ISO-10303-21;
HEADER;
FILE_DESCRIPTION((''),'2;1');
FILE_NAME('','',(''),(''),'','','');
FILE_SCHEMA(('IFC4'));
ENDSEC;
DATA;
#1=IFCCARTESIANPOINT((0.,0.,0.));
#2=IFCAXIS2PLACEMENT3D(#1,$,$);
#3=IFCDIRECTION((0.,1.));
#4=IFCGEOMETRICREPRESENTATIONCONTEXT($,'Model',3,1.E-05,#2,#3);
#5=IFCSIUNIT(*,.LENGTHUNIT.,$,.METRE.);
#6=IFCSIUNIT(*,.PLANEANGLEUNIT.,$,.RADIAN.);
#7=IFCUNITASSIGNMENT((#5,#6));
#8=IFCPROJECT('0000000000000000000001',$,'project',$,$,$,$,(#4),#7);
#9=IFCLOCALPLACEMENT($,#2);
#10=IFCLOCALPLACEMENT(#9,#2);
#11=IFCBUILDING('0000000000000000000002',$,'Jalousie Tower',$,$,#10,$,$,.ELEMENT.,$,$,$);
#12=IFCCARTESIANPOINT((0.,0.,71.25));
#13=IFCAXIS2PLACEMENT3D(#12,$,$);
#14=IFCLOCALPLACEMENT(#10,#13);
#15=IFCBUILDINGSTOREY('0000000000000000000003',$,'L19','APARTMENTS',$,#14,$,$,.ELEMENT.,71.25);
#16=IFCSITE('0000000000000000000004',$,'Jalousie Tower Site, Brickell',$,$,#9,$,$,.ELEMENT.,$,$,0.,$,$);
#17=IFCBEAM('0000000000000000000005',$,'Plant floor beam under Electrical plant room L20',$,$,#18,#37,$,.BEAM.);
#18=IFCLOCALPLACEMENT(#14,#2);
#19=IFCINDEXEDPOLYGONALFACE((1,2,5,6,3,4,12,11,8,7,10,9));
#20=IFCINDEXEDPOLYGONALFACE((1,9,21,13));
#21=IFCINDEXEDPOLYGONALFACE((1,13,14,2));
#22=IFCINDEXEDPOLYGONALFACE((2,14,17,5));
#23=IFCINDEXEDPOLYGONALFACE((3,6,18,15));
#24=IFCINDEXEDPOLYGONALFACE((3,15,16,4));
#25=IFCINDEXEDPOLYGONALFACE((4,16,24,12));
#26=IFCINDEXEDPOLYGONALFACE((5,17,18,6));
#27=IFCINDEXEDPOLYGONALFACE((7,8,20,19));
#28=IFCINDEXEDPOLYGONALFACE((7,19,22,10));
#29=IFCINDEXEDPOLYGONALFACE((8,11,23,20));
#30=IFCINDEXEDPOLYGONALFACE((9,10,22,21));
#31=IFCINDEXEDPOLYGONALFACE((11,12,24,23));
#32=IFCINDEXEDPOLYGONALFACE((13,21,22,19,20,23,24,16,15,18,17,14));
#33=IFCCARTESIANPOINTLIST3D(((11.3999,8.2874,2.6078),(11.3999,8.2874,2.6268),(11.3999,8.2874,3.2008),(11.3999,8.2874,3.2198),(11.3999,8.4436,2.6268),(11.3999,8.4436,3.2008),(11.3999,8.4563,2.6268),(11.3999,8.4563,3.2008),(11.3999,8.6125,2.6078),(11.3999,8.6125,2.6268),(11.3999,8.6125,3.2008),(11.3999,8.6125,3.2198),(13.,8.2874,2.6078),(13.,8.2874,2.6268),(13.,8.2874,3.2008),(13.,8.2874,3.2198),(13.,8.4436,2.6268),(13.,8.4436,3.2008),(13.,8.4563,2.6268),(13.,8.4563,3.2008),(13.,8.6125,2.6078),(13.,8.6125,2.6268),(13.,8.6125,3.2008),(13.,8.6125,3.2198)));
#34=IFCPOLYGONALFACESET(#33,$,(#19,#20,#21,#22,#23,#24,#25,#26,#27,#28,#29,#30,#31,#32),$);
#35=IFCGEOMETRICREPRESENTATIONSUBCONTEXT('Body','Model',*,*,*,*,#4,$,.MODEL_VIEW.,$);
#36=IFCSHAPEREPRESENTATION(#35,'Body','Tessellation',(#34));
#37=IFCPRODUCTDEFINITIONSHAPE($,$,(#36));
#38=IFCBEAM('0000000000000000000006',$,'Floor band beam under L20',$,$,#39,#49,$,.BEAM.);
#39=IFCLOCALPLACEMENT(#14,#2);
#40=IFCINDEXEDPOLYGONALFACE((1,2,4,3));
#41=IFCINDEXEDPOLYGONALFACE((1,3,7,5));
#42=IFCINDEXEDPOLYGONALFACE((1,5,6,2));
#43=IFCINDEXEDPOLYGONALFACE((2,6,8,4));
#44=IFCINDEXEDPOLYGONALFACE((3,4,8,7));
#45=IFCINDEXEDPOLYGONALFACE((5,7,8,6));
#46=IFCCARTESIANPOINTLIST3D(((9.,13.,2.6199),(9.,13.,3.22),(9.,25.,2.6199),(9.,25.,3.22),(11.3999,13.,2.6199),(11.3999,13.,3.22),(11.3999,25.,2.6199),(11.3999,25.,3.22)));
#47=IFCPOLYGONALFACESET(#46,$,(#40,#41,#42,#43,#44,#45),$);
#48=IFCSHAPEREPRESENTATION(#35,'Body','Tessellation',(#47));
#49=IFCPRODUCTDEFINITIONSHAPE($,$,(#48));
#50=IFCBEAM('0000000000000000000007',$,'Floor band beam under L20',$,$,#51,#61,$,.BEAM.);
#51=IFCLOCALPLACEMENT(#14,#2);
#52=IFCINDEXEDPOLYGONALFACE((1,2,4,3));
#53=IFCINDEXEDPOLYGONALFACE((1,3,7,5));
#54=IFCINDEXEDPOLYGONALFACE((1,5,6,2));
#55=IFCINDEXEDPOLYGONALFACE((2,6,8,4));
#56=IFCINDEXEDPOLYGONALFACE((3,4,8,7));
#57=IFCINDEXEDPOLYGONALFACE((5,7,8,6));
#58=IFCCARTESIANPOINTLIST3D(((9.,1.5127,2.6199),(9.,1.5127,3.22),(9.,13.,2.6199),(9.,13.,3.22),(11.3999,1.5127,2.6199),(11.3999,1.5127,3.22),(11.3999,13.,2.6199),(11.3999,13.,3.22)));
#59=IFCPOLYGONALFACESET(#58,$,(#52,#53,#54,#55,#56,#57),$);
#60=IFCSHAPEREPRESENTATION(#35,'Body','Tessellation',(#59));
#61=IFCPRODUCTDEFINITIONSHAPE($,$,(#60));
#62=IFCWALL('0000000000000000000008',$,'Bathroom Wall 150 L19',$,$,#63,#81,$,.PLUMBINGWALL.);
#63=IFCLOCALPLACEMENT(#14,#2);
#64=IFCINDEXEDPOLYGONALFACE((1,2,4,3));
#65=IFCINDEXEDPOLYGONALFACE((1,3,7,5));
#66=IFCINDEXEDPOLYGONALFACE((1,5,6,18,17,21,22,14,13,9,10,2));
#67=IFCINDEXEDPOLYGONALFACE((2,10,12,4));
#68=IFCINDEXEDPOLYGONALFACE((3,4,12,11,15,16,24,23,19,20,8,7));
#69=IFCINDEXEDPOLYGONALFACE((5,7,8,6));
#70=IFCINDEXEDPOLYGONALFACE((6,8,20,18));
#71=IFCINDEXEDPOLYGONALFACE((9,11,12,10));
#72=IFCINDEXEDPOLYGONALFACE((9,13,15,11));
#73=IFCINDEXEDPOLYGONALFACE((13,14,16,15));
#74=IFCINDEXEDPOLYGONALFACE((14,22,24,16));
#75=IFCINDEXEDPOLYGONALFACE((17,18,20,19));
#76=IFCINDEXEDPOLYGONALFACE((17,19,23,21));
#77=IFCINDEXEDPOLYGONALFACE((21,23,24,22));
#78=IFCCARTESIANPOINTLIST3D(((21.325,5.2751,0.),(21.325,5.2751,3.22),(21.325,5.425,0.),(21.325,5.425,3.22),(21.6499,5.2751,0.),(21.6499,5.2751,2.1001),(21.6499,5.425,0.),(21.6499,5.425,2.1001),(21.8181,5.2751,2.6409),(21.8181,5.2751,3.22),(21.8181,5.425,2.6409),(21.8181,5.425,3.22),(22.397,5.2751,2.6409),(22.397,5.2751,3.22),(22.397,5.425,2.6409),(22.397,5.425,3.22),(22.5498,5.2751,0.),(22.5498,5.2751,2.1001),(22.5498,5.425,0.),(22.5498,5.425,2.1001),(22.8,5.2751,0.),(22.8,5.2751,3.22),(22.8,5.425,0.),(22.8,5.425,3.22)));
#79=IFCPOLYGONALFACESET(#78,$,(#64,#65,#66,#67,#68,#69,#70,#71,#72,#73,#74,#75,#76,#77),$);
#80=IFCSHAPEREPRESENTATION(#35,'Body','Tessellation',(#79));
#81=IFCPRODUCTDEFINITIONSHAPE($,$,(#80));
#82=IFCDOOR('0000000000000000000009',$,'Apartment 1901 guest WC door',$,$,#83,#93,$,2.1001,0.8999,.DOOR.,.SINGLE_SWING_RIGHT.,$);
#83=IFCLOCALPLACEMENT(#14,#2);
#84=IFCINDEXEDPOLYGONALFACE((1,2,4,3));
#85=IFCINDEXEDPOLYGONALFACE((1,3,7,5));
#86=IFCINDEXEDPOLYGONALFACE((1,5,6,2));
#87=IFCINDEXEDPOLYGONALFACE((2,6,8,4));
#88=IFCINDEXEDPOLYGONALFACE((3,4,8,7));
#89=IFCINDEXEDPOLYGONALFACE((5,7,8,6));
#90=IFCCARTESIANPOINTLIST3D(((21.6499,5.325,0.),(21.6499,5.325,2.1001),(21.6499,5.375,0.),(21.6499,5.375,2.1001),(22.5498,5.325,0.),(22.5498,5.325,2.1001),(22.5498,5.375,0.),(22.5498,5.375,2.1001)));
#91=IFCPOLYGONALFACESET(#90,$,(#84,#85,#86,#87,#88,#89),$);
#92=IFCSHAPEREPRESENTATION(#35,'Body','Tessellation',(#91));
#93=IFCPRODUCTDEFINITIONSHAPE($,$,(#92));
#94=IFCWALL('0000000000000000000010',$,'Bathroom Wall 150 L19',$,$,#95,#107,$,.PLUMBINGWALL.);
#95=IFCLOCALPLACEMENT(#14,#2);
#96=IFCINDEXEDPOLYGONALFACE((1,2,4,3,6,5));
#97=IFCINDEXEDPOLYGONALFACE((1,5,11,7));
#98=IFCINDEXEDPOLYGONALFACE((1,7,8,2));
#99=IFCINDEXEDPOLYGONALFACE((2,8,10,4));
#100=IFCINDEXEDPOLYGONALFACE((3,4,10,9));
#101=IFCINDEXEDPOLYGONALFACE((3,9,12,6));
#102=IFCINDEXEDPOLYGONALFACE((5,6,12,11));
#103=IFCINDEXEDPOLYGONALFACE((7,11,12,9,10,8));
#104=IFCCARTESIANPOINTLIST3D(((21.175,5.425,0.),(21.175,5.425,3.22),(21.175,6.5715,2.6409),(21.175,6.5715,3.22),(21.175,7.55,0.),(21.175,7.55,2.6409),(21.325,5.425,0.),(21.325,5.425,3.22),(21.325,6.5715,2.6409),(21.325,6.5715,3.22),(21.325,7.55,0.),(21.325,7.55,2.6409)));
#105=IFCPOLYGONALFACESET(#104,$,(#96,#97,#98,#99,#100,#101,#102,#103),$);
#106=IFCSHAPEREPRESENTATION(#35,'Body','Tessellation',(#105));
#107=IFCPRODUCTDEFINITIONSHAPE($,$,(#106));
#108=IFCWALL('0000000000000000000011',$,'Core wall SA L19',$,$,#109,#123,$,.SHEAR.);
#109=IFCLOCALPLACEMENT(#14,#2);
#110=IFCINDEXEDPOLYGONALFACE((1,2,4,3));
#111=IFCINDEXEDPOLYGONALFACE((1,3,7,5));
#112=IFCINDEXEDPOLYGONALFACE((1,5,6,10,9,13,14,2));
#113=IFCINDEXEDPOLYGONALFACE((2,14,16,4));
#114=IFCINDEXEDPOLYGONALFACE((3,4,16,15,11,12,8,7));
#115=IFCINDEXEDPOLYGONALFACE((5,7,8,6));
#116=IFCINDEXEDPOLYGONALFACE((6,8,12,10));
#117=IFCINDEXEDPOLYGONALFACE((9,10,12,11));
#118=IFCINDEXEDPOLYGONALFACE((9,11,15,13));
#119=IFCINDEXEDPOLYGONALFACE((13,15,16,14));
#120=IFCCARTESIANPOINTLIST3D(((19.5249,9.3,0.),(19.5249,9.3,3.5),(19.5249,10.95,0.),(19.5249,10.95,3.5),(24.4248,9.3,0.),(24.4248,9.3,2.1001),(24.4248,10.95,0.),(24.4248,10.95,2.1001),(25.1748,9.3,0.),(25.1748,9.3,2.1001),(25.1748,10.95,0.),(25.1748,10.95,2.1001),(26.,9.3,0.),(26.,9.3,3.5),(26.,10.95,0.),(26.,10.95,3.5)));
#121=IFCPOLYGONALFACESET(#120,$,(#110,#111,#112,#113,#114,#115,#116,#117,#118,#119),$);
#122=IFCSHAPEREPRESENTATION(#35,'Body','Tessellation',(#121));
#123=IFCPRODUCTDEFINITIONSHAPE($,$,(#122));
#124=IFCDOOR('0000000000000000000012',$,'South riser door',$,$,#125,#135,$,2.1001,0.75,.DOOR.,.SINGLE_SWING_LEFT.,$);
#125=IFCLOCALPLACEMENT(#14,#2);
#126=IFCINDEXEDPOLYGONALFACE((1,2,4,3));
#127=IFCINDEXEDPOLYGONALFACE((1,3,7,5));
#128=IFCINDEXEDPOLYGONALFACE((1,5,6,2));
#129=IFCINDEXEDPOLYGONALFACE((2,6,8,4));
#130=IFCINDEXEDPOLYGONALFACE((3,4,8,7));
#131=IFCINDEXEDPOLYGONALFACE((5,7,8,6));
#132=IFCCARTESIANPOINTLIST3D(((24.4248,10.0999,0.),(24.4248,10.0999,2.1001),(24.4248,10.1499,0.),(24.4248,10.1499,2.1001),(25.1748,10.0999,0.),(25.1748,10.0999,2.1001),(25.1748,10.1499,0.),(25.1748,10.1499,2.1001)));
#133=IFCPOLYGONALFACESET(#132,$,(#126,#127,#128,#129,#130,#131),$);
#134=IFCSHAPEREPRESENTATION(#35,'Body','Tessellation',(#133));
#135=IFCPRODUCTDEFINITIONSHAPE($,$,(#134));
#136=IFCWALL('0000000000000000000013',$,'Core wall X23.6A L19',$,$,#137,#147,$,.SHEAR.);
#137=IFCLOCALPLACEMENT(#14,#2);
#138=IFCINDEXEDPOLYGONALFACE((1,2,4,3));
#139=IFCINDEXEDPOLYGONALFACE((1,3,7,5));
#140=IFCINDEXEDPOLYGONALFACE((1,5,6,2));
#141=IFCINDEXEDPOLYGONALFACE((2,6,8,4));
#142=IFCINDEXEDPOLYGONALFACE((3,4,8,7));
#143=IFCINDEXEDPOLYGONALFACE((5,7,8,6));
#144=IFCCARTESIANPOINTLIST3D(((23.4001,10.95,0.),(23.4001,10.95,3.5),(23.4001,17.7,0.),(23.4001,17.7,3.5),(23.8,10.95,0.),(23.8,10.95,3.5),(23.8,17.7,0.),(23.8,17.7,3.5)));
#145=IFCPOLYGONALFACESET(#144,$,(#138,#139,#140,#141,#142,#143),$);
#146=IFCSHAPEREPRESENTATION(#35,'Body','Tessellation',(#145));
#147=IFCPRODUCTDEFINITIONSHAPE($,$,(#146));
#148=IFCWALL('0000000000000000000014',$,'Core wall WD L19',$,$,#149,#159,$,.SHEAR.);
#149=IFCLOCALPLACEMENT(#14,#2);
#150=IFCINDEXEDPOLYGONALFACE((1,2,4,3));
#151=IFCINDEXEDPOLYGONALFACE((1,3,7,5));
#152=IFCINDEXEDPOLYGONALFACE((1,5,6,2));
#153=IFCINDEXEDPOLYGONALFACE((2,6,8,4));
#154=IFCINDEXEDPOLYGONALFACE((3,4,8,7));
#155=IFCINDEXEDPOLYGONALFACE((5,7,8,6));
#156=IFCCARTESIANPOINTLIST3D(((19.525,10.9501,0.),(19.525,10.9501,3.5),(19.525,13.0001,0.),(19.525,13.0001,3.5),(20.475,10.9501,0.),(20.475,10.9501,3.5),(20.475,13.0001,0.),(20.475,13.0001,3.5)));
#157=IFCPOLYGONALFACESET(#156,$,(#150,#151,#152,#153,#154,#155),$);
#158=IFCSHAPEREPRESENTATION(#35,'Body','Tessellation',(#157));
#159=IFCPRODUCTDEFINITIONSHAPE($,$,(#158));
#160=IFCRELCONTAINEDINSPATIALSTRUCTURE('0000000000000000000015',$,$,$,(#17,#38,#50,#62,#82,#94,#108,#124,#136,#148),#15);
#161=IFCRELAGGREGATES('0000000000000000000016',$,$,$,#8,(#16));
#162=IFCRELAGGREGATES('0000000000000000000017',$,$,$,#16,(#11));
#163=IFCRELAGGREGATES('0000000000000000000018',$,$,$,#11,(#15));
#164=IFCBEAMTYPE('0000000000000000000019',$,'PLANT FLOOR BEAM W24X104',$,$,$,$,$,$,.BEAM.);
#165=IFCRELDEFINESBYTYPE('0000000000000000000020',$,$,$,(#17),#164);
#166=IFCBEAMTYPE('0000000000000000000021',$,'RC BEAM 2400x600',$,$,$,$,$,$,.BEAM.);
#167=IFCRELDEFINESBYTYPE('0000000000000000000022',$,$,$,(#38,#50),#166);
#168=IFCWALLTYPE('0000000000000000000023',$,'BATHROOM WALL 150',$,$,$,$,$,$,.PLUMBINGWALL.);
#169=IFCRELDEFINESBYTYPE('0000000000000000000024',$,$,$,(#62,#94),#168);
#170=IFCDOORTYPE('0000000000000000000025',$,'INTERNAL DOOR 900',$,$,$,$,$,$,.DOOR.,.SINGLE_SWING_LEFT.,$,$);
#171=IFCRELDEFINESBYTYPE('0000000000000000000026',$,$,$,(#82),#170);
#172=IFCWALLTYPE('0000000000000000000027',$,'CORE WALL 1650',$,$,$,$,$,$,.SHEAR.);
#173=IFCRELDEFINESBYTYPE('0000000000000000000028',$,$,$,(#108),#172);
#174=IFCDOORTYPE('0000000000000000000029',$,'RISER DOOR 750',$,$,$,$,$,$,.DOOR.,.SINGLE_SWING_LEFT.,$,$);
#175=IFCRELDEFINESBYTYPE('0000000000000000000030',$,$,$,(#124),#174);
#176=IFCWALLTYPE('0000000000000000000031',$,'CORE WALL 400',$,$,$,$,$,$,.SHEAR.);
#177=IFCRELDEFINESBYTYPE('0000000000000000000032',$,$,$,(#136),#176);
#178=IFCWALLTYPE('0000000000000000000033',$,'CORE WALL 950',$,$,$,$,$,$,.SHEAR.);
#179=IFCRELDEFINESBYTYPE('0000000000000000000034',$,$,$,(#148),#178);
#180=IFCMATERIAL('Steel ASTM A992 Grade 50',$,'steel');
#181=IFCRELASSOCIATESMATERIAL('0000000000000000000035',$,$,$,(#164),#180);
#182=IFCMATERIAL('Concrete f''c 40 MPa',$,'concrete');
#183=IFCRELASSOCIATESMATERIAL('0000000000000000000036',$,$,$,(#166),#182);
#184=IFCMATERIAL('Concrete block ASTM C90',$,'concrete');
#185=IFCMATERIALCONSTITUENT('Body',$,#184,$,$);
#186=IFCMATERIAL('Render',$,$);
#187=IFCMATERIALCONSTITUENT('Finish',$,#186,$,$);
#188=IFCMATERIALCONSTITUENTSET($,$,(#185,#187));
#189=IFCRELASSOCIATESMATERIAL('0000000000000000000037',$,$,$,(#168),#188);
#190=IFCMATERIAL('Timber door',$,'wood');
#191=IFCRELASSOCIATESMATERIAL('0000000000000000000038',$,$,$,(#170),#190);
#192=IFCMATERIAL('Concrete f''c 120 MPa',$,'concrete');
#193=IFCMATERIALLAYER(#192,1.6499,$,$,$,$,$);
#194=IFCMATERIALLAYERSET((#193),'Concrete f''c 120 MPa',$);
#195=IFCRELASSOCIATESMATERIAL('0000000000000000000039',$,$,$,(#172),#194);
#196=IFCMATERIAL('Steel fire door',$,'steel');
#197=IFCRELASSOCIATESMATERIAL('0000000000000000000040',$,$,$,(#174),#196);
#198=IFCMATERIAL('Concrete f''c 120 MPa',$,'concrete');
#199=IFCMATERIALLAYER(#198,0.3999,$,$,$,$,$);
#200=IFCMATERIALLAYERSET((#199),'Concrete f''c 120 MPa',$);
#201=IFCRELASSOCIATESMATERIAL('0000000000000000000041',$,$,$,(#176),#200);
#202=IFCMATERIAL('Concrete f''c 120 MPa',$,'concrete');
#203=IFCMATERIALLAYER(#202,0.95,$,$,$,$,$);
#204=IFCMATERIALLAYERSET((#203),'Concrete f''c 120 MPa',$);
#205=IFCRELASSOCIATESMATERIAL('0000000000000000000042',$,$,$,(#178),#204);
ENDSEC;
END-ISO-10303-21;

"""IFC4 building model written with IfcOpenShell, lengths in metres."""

from ifc_helpers import new_model, si_unit, direction, frame, frame_2d, origin, origin_2d, place, context, subcontext, project, spatial, polyline, rectangle, i_section, outline, extrude, material, layer, layer_set, constituent, constituent_set, material_profile, profile_set, type_object, element, fill, save


model = new_model("IFC4")

# Units and contexts
model_context = context("Model", 3, precision=1e-05, world=origin(), true_north=direction((0.0, 1.0)))
body_context = subcontext(model_context, "Body", "Model", "MODEL_VIEW")
ifc_project = project(units=[si_unit("LENGTHUNIT", "METRE"), si_unit("PLANEANGLEUNIT", "RADIAN")], contexts=[model_context])

# Site, building, storey
site_placement = place(None, origin())
site = spatial("IfcSite", under=ifc_project, at=site_placement, Name="Jalousie Tower Site, Brickell", CompositionType="ELEMENT", RefElevation=0.0)
building_placement = place(site_placement, origin())
building = spatial("IfcBuilding", under=site, at=building_placement, Name="Jalousie Tower", CompositionType="ELEMENT")
storey_placement = place(building_placement, frame((0.0, 0.0, 71.25)))
storey = spatial("IfcBuildingStorey", under=building, at=storey_placement, Name="L19", Description="APARTMENTS", CompositionType="ELEMENT", Elevation=71.25)

# Beams
ifc_material_1 = material(Name="Steel ASTM A992 Grade 50", Category="steel")
ifc_material_profile_1 = material_profile(ifc_material_1, i_section(OverallWidth=0.3252, OverallDepth=0.6121, WebThickness=0.0127, FlangeThickness=0.019, at=origin_2d()), Name="W24X104")
ifc_profile_set_1 = profile_set([ifc_material_profile_1], Name="Steel ASTM A992 Grade 50")
beam_type_1 = type_object("IfcBeamType", Name="PLANT FLOOR BEAM W24X104", PredefinedType="BEAM", material=ifc_profile_set_1)
beam_1_placement = place(storey_placement, frame((11.3999, 8.45, 2.9138), z_axis=(1.0, 0.0, 0.0), x_axis=(0.0, 1.0, 0.0)))
element("IfcBeam", 1, at=beam_1_placement, inside=storey, type_object=beam_type_1, Name="Plant floor beam under Electrical plant room L20", PredefinedType="BEAM", context=body_context, shape_type="SweptSolid", body=[
    extrude(i_section(OverallWidth=0.3252, OverallDepth=0.6121, WebThickness=0.0127, FlangeThickness=0.019, at=origin_2d()), origin(), (0.0, 0.0, 1.0), 1.6001),
])
ifc_material_2 = material(Name="Concrete f'c 40 MPa", Category="concrete")
ifc_material_profile_2 = material_profile(ifc_material_2, rectangle(XDim=2.3999, YDim=0.6001, at=origin_2d()), Name="RC 2400x600")
ifc_profile_set_2 = profile_set([ifc_material_profile_2], Name="Concrete f'c 40 MPa")
beam_type_2 = type_object("IfcBeamType", Name="RC BEAM 2400x600", PredefinedType="BEAM", material=ifc_profile_set_2)
beam_2_placement = place(storey_placement, frame((10.2, 13.0, 2.9199), z_axis=(0.0, 1.0, 0.0), x_axis=(-1.0, 0.0, 0.0)))
element("IfcBeam", 2, at=beam_2_placement, inside=storey, type_object=beam_type_2, Name="Floor band beam under L20", PredefinedType="BEAM", context=body_context, shape_type="SweptSolid", body=[
    extrude(rectangle(XDim=2.3999, YDim=0.6001, at=origin_2d()), origin(), (0.0, 0.0, 1.0), 12.0),
])
beam_3_placement = place(storey_placement, frame((10.2, 13.0, 2.9199), z_axis=(0.0, -1.0, 0.0), x_axis=(1.0, 0.0, 0.0)))
element("IfcBeam", 3, at=beam_3_placement, inside=storey, type_object=beam_type_2, Name="Floor band beam under L20", PredefinedType="BEAM", context=body_context, shape_type="SweptSolid", body=[
    extrude(rectangle(XDim=2.3999, YDim=0.6001, at=origin_2d()), origin(), (0.0, 0.0, 1.0), 11.4873),
])

# Wall, opening, door
ifc_material_3 = material(Name="Concrete block ASTM C90", Category="concrete")
ifc_constituent_1 = constituent(ifc_material_3, Name="Body")
ifc_material_4 = material(Name="Render")
ifc_constituent_2 = constituent(ifc_material_4, Name="Finish")
ifc_constituent_set_1 = constituent_set(constituents=[ifc_constituent_1, ifc_constituent_2])
wall_type_1 = type_object("IfcWallType", Name="BATHROOM WALL 150", PredefinedType="PLUMBINGWALL", material=ifc_constituent_set_1)
wall_1_placement = place(storey_placement, frame((21.325, 5.3501, 0.0), z_axis=(0.0, 0.0, 1.0), x_axis=(1.0, 0.0, 0.0)))
wall_1 = element("IfcWall", 4, at=wall_1_placement, inside=storey, type_object=wall_type_1, Name="Bathroom Wall 150 L19", PredefinedType="PLUMBINGWALL", context=body_context, shape_type="SweptSolid", body=[
    extrude(outline(polyline([(0.0, 0.0), (1.4751, 0.0), (1.4751, 3.22), (1.072, 3.22), (1.072, 2.6409), (0.4932, 2.6409), (0.4932, 3.22), (0.0, 3.22), (0.0, 0.0)])), frame((0.0, 0.075, 0.0), z_axis=(0.0, -1.0, 0.0), x_axis=(1.0, 0.0, 0.0)), (0.0, 0.0, 1.0), 0.1499),
])
opening_1_placement = place(wall_1_placement, frame((0.325, 0.0, 0.0)))
opening_1 = element("IfcOpeningElement", 5, at=opening_1_placement, cuts=wall_1, PredefinedType="OPENING", context=body_context, shape_type="SweptSolid", body=[
    extrude(rectangle(XDim=0.8999, YDim=2.1001, at=frame_2d((0.45, 1.05))), frame((0.0, 0.085, 0.0), z_axis=(0.0, -1.0, 0.0), x_axis=(1.0, 0.0, 0.0)), (0.0, 0.0, 1.0), 0.1699),
])
ifc_material_5 = material(Name="Timber door", Category="wood")
door_type_1 = type_object("IfcDoorType", Name="INTERNAL DOOR 900", OperationType="SINGLE_SWING_LEFT", PredefinedType="DOOR", material=ifc_material_5)
door_1_placement = place(opening_1_placement, origin())
door_1 = element("IfcDoor", 6, at=door_1_placement, inside=storey, type_object=door_type_1, Name="Apartment 1901 guest WC door", OperationType="SINGLE_SWING_RIGHT", OverallHeight=2.1001, OverallWidth=0.8999, PredefinedType="DOOR", context=body_context, shape_type="SweptSolid", body=[
    extrude(rectangle(XDim=0.8999, YDim=2.1001, at=frame_2d((0.45, 1.05))), frame((0.0, 0.0249, 0.0), z_axis=(0.0, -1.0, 0.0), x_axis=(1.0, 0.0, 0.0)), (0.0, 0.0, 1.0), 0.05),
])
fill(opening_1, door_1)

# Wall
wall_2_placement = place(storey_placement, frame((21.25, 5.425, 0.0), z_axis=(0.0, 0.0, 1.0), x_axis=(0.0, 1.0, 0.0)))
element("IfcWall", 7, at=wall_2_placement, inside=storey, type_object=wall_type_1, Name="Bathroom Wall 150 L19", PredefinedType="PLUMBINGWALL", context=body_context, shape_type="SweptSolid", body=[
    extrude(outline(polyline([(0.0, 0.0), (2.125, 0.0), (2.125, 2.6409), (1.1465, 2.6409), (1.1465, 3.22), (0.0, 3.22), (0.0, 0.0)])), frame((0.0, 0.075, 0.0), z_axis=(0.0, -1.0, 0.0), x_axis=(1.0, 0.0, 0.0)), (0.0, 0.0, 1.0), 0.1499),
])

# Wall, opening, door
ifc_material_6 = material(Name="Concrete f'c 120 MPa", Category="concrete")
ifc_layer_1 = layer(ifc_material_6, 1.6499)
ifc_layer_set_1 = layer_set([ifc_layer_1], Name="Concrete f'c 120 MPa")
wall_type_2 = type_object("IfcWallType", Name="CORE WALL 1650", PredefinedType="SHEAR", material=ifc_layer_set_1)
wall_3_placement = place(storey_placement, frame((19.5249, 10.125, 0.0), z_axis=(0.0, 0.0, 1.0), x_axis=(1.0, 0.0, 0.0)))
wall_3 = element("IfcWall", 8, at=wall_3_placement, inside=storey, type_object=wall_type_2, Name="Core wall SA L19", PredefinedType="SHEAR", context=body_context, shape_type="SweptSolid", body=[
    extrude(rectangle(XDim=6.4751, YDim=1.6499, at=frame_2d((3.2375, 0.0))), origin(), (0.0, 0.0, 1.0), 3.5),
])
opening_2_placement = place(wall_3_placement, frame((4.8999, 0.0, 0.0)))
opening_2 = element("IfcOpeningElement", 9, at=opening_2_placement, cuts=wall_3, PredefinedType="OPENING", context=body_context, shape_type="SweptSolid", body=[
    extrude(rectangle(XDim=0.75, YDim=2.1001, at=frame_2d((0.375, 1.05))), frame((0.0, 0.835, 0.0), z_axis=(0.0, -1.0, 0.0), x_axis=(1.0, 0.0, 0.0)), (0.0, 0.0, 1.0), 1.6699),
])
ifc_material_7 = material(Name="Steel fire door", Category="steel")
door_type_2 = type_object("IfcDoorType", Name="RISER DOOR 750", OperationType="SINGLE_SWING_LEFT", PredefinedType="DOOR", material=ifc_material_7)
door_2_placement = place(opening_2_placement, origin())
door_2 = element("IfcDoor", 10, at=door_2_placement, inside=storey, type_object=door_type_2, Name="South riser door", OperationType="SINGLE_SWING_LEFT", OverallHeight=2.1001, OverallWidth=0.75, PredefinedType="DOOR", context=body_context, shape_type="SweptSolid", body=[
    extrude(rectangle(XDim=0.75, YDim=2.1001, at=frame_2d((0.375, 1.05))), frame((0.0, 0.0249, 0.0), z_axis=(0.0, -1.0, 0.0), x_axis=(1.0, 0.0, 0.0)), (0.0, 0.0, 1.0), 0.05),
])
fill(opening_2, door_2)

# Walls
ifc_material_8 = material(Name="Concrete f'c 120 MPa", Category="concrete")
ifc_layer_2 = layer(ifc_material_8, 0.3999)
ifc_layer_set_2 = layer_set([ifc_layer_2], Name="Concrete f'c 120 MPa")
wall_type_3 = type_object("IfcWallType", Name="CORE WALL 400", PredefinedType="SHEAR", material=ifc_layer_set_2)
wall_4_placement = place(storey_placement, frame((23.6001, 10.95, 0.0), z_axis=(0.0, 0.0, 1.0), x_axis=(0.0, 1.0, 0.0)))
element("IfcWall", 11, at=wall_4_placement, inside=storey, type_object=wall_type_3, Name="Core wall X23.6A L19", PredefinedType="SHEAR", context=body_context, shape_type="SweptSolid", body=[
    extrude(rectangle(XDim=6.75, YDim=0.3999, at=frame_2d((3.375, 0.0))), origin(), (0.0, 0.0, 1.0), 3.5),
])
ifc_material_9 = material(Name="Concrete f'c 120 MPa", Category="concrete")
ifc_layer_3 = layer(ifc_material_9, 0.95)
ifc_layer_set_3 = layer_set([ifc_layer_3], Name="Concrete f'c 120 MPa")
wall_type_4 = type_object("IfcWallType", Name="CORE WALL 950", PredefinedType="SHEAR", material=ifc_layer_set_3)
wall_5_placement = place(storey_placement, frame((20.0, 13.0, 0.0), z_axis=(0.0, 0.0, 1.0), x_axis=(0.0, -1.0, 0.0)))
element("IfcWall", 12, at=wall_5_placement, inside=storey, type_object=wall_type_4, Name="Core wall WD L19", PredefinedType="SHEAR", context=body_context, shape_type="SweptSolid", body=[
    extrude(rectangle(XDim=2.05, YDim=0.95, at=frame_2d((1.0249, 0.0))), origin(), (0.0, 0.0, 1.0), 3.5),
])

save(model, "model.ifc")
